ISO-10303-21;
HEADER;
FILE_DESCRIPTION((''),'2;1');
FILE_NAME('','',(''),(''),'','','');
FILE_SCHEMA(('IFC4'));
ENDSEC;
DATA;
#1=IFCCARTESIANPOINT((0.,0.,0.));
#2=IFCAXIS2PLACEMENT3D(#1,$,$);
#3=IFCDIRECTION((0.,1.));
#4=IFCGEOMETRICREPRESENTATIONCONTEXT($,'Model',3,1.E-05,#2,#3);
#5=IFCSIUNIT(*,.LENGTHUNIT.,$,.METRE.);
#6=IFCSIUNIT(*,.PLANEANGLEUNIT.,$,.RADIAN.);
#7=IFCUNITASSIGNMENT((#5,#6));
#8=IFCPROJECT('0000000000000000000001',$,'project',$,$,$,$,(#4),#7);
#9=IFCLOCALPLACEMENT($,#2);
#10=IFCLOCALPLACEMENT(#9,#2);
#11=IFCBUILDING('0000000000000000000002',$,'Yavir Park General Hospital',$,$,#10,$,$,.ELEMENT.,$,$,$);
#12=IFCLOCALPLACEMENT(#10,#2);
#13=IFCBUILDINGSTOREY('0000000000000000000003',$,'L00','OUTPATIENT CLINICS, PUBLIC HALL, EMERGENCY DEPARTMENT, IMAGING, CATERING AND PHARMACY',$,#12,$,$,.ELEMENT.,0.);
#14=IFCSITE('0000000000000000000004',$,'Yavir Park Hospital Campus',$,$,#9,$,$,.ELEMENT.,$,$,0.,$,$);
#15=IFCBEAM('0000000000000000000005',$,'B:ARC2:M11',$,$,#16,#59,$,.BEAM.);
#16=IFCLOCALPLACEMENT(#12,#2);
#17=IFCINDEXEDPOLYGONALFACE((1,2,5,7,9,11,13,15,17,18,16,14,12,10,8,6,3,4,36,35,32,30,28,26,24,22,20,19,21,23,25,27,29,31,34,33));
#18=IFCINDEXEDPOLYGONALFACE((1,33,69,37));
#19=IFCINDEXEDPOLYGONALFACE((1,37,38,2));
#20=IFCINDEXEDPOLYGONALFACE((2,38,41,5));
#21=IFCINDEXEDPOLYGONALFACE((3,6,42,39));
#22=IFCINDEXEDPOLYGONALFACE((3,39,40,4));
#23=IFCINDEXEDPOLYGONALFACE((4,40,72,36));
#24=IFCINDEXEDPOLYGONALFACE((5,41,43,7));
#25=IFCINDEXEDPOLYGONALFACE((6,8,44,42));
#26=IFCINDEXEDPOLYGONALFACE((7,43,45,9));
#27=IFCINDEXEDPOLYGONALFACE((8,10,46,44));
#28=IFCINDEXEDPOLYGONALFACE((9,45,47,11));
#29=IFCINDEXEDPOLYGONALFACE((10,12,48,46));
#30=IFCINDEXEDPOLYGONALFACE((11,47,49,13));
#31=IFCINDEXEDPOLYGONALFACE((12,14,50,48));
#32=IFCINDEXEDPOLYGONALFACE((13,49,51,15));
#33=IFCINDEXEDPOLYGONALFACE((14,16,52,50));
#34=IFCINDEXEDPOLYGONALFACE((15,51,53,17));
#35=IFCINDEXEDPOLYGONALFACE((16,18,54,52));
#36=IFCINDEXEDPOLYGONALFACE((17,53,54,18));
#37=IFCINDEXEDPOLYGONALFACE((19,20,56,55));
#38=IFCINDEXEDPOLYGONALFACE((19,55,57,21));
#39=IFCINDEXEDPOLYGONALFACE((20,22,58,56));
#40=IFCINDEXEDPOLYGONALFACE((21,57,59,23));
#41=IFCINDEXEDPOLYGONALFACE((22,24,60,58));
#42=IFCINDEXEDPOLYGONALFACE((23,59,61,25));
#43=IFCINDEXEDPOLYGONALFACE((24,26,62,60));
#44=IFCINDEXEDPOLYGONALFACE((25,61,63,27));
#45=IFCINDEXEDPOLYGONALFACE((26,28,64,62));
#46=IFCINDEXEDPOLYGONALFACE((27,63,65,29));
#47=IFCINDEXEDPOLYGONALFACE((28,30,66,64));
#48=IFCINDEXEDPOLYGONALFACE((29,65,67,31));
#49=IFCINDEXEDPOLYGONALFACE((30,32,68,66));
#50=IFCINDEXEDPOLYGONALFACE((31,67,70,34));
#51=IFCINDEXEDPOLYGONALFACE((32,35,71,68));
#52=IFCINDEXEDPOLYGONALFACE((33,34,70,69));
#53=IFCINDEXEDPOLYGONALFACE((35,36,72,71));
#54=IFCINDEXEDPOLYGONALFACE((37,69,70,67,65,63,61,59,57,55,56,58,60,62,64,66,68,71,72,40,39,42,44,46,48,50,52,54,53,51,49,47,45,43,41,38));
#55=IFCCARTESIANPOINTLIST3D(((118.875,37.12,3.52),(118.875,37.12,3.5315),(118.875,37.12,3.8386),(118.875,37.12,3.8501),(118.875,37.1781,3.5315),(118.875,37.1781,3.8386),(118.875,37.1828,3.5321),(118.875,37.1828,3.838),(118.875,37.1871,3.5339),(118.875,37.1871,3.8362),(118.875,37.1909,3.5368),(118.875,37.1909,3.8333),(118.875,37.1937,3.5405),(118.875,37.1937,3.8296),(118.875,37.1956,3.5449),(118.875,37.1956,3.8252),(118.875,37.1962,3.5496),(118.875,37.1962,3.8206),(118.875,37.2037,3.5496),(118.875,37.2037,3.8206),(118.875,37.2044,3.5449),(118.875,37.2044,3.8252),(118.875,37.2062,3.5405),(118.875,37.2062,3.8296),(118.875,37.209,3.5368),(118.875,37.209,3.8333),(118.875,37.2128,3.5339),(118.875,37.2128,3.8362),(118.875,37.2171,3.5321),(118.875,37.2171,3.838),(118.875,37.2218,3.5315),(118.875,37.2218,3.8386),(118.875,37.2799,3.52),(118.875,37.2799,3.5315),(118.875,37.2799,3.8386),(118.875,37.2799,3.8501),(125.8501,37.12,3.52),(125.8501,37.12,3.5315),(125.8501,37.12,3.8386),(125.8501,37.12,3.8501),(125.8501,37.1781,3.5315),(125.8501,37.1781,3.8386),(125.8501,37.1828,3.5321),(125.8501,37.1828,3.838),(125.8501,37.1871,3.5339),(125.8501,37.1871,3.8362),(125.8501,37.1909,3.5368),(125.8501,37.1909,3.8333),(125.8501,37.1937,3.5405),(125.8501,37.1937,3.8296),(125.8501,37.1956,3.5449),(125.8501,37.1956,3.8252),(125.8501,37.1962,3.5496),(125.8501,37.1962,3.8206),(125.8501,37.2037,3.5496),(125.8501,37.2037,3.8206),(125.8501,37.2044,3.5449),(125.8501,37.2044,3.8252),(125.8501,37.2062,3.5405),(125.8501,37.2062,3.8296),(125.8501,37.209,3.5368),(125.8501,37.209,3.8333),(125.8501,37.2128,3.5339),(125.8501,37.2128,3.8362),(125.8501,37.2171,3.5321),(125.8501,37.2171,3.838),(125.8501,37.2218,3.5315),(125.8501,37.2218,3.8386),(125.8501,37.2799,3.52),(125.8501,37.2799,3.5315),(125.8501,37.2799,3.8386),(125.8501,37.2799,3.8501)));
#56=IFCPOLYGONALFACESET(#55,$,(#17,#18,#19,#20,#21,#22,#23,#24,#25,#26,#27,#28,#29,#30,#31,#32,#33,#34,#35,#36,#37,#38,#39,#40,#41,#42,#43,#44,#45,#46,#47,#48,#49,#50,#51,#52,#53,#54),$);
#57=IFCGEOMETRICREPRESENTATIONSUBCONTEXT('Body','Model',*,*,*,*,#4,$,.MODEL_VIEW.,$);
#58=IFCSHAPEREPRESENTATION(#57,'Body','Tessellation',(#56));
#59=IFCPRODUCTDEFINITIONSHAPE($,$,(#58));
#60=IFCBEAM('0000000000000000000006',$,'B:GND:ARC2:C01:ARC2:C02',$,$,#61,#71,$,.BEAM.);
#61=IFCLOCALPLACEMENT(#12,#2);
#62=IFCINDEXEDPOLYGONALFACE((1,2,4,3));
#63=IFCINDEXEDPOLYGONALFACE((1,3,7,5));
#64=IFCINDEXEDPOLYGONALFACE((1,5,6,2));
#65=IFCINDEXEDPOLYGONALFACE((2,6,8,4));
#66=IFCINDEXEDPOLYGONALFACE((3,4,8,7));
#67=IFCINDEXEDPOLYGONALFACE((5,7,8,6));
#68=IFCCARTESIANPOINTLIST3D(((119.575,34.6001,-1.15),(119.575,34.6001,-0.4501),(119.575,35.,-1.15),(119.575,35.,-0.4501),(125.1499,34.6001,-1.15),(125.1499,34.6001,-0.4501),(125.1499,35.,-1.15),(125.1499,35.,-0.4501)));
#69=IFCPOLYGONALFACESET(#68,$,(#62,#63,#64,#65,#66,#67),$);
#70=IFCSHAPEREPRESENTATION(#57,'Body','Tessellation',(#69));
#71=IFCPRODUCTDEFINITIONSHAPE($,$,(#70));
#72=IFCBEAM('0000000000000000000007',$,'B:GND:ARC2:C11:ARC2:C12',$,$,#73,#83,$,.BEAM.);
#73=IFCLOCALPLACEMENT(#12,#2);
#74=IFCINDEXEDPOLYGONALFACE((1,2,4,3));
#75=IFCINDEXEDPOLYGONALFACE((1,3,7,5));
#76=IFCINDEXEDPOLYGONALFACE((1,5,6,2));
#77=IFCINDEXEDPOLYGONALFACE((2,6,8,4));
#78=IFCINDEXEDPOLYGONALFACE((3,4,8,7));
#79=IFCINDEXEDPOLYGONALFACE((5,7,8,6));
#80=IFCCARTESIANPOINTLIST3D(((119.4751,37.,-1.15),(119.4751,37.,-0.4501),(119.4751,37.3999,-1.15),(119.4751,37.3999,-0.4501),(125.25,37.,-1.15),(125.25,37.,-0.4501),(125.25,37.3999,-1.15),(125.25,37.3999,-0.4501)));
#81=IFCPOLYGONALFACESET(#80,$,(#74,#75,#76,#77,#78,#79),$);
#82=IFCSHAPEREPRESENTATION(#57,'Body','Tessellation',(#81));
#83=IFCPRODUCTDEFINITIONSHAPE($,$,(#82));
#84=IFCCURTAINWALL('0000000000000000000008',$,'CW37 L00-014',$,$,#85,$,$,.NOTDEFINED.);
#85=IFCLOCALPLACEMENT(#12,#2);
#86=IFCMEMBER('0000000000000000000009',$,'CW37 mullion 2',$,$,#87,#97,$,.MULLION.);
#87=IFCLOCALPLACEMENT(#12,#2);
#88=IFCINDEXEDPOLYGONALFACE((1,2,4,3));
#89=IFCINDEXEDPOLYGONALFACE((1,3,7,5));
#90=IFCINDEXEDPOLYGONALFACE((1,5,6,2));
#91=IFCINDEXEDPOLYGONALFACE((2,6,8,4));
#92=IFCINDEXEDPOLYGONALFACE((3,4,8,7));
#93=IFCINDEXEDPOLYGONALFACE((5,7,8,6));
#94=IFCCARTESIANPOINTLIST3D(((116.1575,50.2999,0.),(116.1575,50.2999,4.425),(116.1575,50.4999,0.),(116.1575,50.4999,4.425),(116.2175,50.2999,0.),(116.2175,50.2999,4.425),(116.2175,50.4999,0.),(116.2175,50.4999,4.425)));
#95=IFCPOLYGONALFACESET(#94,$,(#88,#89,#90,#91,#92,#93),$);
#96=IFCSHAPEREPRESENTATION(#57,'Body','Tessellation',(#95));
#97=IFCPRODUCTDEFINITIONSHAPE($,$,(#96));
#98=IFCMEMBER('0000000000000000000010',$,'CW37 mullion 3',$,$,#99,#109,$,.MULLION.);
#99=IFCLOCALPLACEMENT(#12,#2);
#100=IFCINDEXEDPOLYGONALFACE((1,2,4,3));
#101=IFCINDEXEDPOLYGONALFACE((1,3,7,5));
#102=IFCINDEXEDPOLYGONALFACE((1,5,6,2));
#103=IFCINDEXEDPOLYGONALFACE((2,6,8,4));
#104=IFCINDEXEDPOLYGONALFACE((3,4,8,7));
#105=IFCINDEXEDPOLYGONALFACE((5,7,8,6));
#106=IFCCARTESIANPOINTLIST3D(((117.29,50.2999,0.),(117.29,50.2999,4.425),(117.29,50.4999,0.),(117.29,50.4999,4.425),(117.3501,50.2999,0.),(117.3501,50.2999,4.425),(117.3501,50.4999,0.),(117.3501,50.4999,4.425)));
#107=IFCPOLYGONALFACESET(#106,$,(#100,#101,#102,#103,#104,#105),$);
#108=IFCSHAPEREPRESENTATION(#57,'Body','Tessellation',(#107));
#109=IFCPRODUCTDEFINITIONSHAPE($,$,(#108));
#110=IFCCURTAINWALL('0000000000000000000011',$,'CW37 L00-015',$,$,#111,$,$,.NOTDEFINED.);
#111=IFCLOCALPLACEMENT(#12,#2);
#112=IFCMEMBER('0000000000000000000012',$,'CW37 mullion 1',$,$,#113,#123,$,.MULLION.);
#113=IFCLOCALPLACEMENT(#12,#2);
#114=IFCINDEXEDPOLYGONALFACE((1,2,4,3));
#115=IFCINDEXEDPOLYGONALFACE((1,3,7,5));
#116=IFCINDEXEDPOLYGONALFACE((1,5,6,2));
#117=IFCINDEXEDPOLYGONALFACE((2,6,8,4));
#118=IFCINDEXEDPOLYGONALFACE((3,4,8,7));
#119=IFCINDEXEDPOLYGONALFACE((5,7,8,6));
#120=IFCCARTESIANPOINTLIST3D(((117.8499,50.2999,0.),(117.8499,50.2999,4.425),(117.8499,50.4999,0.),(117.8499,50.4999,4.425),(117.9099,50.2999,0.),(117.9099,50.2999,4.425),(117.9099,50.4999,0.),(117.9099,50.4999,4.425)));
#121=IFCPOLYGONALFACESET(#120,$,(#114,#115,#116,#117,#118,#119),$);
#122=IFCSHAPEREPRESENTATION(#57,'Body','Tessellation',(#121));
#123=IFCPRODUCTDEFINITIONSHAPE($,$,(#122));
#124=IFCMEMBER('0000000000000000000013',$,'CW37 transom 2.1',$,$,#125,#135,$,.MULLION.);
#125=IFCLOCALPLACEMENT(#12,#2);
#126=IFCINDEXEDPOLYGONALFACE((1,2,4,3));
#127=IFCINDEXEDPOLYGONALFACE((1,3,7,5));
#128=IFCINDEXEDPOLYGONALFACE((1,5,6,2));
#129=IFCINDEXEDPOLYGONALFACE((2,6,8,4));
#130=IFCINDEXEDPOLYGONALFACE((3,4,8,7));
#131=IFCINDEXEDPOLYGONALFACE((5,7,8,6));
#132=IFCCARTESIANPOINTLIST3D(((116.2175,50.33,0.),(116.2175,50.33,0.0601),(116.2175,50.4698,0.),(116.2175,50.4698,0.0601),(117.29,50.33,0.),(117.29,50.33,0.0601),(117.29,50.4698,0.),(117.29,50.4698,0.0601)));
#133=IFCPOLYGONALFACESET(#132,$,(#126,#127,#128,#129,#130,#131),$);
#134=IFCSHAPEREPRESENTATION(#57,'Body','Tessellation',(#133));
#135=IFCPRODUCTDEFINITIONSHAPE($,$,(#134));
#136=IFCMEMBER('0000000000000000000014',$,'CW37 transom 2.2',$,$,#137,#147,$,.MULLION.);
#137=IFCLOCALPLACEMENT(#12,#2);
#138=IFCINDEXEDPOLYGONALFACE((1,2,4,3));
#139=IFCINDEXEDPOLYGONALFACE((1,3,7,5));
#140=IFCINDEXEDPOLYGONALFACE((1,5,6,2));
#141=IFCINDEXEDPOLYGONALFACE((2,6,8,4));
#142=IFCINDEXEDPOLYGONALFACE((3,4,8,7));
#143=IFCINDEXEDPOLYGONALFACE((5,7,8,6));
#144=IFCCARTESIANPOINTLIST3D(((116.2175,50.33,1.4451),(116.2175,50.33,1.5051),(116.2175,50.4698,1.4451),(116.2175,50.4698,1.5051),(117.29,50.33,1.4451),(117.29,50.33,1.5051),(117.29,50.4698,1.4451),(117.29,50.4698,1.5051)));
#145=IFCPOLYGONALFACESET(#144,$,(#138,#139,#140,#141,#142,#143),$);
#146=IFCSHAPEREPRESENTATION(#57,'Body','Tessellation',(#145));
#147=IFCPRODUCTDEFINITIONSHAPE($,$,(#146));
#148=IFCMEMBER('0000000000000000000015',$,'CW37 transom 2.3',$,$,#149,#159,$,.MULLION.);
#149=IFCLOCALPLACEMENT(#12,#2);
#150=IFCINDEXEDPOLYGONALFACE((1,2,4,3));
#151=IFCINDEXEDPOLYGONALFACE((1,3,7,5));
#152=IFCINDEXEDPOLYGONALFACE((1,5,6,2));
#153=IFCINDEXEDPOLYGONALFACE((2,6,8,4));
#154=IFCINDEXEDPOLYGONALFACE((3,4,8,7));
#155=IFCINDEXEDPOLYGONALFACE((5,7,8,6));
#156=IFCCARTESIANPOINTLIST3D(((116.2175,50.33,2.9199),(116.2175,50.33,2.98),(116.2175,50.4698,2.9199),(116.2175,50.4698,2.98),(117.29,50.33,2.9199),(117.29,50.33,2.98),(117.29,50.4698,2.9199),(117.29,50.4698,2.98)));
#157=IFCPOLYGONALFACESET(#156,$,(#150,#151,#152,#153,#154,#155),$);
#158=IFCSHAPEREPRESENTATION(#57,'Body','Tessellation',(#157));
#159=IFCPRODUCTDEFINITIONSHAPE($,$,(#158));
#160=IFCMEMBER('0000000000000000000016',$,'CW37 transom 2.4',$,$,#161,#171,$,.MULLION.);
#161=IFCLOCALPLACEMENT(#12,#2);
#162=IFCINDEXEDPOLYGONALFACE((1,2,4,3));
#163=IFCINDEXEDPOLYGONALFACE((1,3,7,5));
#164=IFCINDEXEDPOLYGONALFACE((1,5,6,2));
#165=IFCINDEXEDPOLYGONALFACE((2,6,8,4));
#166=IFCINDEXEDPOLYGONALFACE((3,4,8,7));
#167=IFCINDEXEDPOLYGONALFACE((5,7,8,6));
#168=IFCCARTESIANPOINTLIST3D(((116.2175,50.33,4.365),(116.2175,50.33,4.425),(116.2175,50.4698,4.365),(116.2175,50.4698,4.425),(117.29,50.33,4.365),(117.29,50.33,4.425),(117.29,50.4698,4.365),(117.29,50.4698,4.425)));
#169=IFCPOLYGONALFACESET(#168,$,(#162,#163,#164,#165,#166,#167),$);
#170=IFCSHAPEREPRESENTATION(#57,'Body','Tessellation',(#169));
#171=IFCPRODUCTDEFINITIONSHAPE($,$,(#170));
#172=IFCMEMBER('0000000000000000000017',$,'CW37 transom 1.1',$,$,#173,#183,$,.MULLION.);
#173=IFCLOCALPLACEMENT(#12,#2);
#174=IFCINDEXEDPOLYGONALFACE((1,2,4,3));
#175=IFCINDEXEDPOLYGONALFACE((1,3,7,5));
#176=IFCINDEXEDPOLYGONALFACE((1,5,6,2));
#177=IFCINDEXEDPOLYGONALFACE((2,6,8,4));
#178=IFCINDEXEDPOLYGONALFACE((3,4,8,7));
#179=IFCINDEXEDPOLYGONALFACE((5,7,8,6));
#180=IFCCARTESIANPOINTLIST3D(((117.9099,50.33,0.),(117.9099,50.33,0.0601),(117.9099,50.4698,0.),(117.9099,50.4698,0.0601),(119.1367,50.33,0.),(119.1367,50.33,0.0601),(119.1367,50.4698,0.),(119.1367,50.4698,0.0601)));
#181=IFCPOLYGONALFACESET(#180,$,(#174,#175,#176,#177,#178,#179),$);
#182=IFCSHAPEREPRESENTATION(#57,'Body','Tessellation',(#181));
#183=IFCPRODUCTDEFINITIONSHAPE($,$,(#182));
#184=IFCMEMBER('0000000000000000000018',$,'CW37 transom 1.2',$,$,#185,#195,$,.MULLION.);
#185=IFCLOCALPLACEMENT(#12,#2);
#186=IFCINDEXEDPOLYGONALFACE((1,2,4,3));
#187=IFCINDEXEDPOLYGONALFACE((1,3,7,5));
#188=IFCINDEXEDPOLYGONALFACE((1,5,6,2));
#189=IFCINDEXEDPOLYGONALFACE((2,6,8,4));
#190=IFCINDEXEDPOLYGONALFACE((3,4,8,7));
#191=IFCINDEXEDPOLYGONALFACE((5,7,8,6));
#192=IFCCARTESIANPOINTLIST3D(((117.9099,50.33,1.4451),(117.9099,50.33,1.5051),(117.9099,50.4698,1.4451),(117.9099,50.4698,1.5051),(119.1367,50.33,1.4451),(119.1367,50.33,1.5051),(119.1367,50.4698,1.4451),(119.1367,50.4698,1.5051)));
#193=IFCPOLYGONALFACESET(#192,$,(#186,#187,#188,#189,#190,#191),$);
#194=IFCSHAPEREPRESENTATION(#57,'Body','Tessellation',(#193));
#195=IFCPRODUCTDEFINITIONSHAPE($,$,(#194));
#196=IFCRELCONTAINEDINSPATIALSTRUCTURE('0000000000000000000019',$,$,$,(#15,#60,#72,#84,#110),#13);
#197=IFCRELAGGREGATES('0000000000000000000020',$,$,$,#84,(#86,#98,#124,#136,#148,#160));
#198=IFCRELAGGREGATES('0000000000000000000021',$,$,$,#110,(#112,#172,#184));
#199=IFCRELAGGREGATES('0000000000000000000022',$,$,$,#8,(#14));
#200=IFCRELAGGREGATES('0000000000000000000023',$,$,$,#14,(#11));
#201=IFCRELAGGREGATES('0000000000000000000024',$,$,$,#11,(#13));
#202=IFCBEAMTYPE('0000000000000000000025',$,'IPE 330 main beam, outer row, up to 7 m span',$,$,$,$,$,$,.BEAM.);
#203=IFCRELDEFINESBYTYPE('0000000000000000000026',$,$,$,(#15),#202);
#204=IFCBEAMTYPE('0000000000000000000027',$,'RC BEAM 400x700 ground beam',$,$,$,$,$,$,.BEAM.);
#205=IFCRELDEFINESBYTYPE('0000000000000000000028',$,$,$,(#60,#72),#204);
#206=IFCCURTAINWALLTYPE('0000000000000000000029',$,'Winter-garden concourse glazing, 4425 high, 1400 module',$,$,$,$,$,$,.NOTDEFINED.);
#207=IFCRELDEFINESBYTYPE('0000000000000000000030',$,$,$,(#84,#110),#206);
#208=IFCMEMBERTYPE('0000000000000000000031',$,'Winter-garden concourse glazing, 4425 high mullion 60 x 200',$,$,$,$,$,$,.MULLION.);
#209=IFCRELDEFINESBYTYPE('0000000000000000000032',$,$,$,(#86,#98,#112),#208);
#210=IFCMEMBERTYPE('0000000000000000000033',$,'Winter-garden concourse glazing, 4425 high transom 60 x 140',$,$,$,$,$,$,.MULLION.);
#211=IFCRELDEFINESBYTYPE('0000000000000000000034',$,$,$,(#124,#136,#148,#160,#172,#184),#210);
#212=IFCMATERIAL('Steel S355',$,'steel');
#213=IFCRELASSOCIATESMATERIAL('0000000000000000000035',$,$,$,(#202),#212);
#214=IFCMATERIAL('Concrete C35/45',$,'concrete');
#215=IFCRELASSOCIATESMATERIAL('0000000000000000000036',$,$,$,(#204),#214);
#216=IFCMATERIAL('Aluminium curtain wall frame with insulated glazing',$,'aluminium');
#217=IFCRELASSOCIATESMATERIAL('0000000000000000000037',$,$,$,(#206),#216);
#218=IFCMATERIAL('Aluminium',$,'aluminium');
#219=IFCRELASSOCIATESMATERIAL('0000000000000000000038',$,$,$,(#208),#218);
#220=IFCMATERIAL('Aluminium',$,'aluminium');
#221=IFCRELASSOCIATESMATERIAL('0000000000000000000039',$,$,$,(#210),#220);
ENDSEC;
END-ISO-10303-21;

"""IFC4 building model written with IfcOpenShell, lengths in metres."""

from ifc_helpers import new_model, si_unit, direction, frame, origin, origin_2d, place, context, subcontext, project, spatial, rectangle, i_section, extrude, material, material_profile, profile_set, type_object, element, aggregate, save


model = new_model("IFC4")

# Units and contexts
model_context = context("Model", 3, precision=1e-05, world=origin(), true_north=direction((0.0, 1.0)))
body_context = subcontext(model_context, "Body", "Model", "MODEL_VIEW")
ifc_project = project(units=[si_unit("LENGTHUNIT", "METRE"), si_unit("PLANEANGLEUNIT", "RADIAN")], contexts=[model_context])

# Site, building, storey
site_placement = place(None, origin())
site = spatial("IfcSite", under=ifc_project, at=site_placement, Name="Yavir Park Hospital Campus", CompositionType="ELEMENT", RefElevation=0.0)
building_placement = place(site_placement, origin())
building = spatial("IfcBuilding", under=site, at=building_placement, Name="Yavir Park General Hospital", CompositionType="ELEMENT")
storey_placement = place(building_placement, origin())
storey = spatial("IfcBuildingStorey", under=building, at=storey_placement, Name="L00", Description="OUTPATIENT CLINICS, PUBLIC HALL, EMERGENCY DEPARTMENT, IMAGING, CATERING AND PHARMACY", CompositionType="ELEMENT", Elevation=0.0)

# Beams
ifc_material_1 = material(Name="Steel S355", Category="steel")
ifc_material_profile_1 = material_profile(ifc_material_1, i_section(OverallWidth=0.1599, OverallDepth=0.3301, WebThickness=0.0076, FlangeThickness=0.0115, FilletRadius=0.0181, at=origin_2d()), Name="IPE330")
ifc_profile_set_1 = profile_set([ifc_material_profile_1], Name="Steel S355")
beam_type_1 = type_object("IfcBeamType", Name="IPE 330 main beam, outer row, up to 7 m span", PredefinedType="BEAM", material=ifc_profile_set_1)
beam_1_placement = place(storey_placement, frame((118.875, 37.2, 3.6851), z_axis=(1.0, 0.0, 0.0), x_axis=(0.0, 1.0, 0.0)))
element("IfcBeam", 1, at=beam_1_placement, inside=storey, type_object=beam_type_1, Name="B:ARC2:M11", PredefinedType="BEAM", context=body_context, shape_type="SweptSolid", body=[
    extrude(i_section(OverallWidth=0.1599, OverallDepth=0.3301, WebThickness=0.0076, FlangeThickness=0.0115, FilletRadius=0.0181, at=origin_2d()), origin(), (0.0, 0.0, 1.0), 6.9751),
])
ifc_material_2 = material(Name="Concrete C35/45", Category="concrete")
ifc_material_profile_2 = material_profile(ifc_material_2, rectangle(XDim=0.3999, YDim=0.7, at=origin_2d()), Name="RC400x700")
ifc_profile_set_2 = profile_set([ifc_material_profile_2], Name="Concrete C35/45")
beam_type_2 = type_object("IfcBeamType", Name="RC BEAM 400x700 ground beam", PredefinedType="BEAM", material=ifc_profile_set_2)
beam_2_placement = place(storey_placement, frame((119.575, 34.8, -0.8), z_axis=(1.0, 0.0, 0.0), x_axis=(0.0, 1.0, 0.0)))
element("IfcBeam", 2, at=beam_2_placement, inside=storey, type_object=beam_type_2, Name="B:GND:ARC2:C01:ARC2:C02", PredefinedType="BEAM", context=body_context, shape_type="SweptSolid", body=[
    extrude(rectangle(XDim=0.3999, YDim=0.7, at=origin_2d()), origin(), (0.0, 0.0, 1.0), 5.575),
])
beam_3_placement = place(storey_placement, frame((119.4751, 37.2, -0.8), z_axis=(1.0, 0.0, 0.0), x_axis=(0.0, 1.0, 0.0)))
element("IfcBeam", 3, at=beam_3_placement, inside=storey, type_object=beam_type_2, Name="B:GND:ARC2:C11:ARC2:C12", PredefinedType="BEAM", context=body_context, shape_type="SweptSolid", body=[
    extrude(rectangle(XDim=0.3999, YDim=0.7, at=origin_2d()), origin(), (0.0, 0.0, 1.0), 5.7749),
])

# Curtain wall, members
ifc_material_3 = material(Name="Aluminium curtain wall frame with insulated glazing", Category="aluminium")
curtain_wall_type = type_object("IfcCurtainWallType", Name="Winter-garden concourse glazing, 4425 high, 1400 module", PredefinedType="NOTDEFINED", material=ifc_material_3)
curtain_wall_1_placement = place(storey_placement, origin())
curtain_wall_1 = element("IfcCurtainWall", 4, at=curtain_wall_1_placement, inside=storey, type_object=curtain_wall_type, Name="CW37 L00-014", PredefinedType="NOTDEFINED")
ifc_material_4 = material(Name="Aluminium", Category="aluminium")
ifc_material_profile_3 = material_profile(ifc_material_4, rectangle(XDim=0.2, YDim=0.0601, at=origin_2d()), Name="AL 60x200")
ifc_profile_set_3 = profile_set([ifc_material_profile_3], Name="Aluminium")
member_type_1 = type_object("IfcMemberType", Name="Winter-garden concourse glazing, 4425 high mullion 60 x 200", PredefinedType="MULLION", material=ifc_profile_set_3)
member_1_placement = place(storey_placement, frame((116.1875, 50.3999, 0.0), z_axis=(0.0, 0.0, 1.0), x_axis=(0.0, 1.0, 0.0)))
member_1 = element("IfcMember", 5, at=member_1_placement, type_object=member_type_1, Name="CW37 mullion 2", PredefinedType="MULLION", context=body_context, shape_type="SweptSolid", body=[
    extrude(rectangle(XDim=0.2, YDim=0.0601, at=origin_2d()), origin(), (0.0, 0.0, 1.0), 4.425),
])
member_2_placement = place(storey_placement, frame((117.3201, 50.3999, 0.0), z_axis=(0.0, 0.0, 1.0), x_axis=(0.0, 1.0, 0.0)))
member_2 = element("IfcMember", 6, at=member_2_placement, type_object=member_type_1, Name="CW37 mullion 3", PredefinedType="MULLION", context=body_context, shape_type="SweptSolid", body=[
    extrude(rectangle(XDim=0.2, YDim=0.0601, at=origin_2d()), origin(), (0.0, 0.0, 1.0), 4.425),
])

# Curtain wall, member
curtain_wall_2_placement = place(storey_placement, origin())
curtain_wall_2 = element("IfcCurtainWall", 7, at=curtain_wall_2_placement, inside=storey, type_object=curtain_wall_type, Name="CW37 L00-015", PredefinedType="NOTDEFINED")
member_3_placement = place(storey_placement, frame((117.8799, 50.3999, 0.0), z_axis=(0.0, 0.0, 1.0), x_axis=(0.0, 1.0, 0.0)))
member_3 = element("IfcMember", 8, at=member_3_placement, type_object=member_type_1, Name="CW37 mullion 1", PredefinedType="MULLION", context=body_context, shape_type="SweptSolid", body=[
    extrude(rectangle(XDim=0.2, YDim=0.0601, at=origin_2d()), origin(), (0.0, 0.0, 1.0), 4.425),
])

# Members
ifc_material_5 = material(Name="Aluminium", Category="aluminium")
ifc_material_profile_4 = material_profile(ifc_material_5, rectangle(XDim=0.1399, YDim=0.0601, at=origin_2d()), Name="AL 140x60")
ifc_profile_set_4 = profile_set([ifc_material_profile_4], Name="Aluminium")
member_type_2 = type_object("IfcMemberType", Name="Winter-garden concourse glazing, 4425 high transom 60 x 140", PredefinedType="MULLION", material=ifc_profile_set_4)
member_4_placement = place(storey_placement, frame((116.2175, 50.3999, 0.03), z_axis=(1.0, 0.0, 0.0), x_axis=(0.0, 1.0, 0.0)))
member_4 = element("IfcMember", 9, at=member_4_placement, type_object=member_type_2, Name="CW37 transom 2.1", PredefinedType="MULLION", context=body_context, shape_type="SweptSolid", body=[
    extrude(rectangle(XDim=0.1399, YDim=0.0601, at=origin_2d()), origin(), (0.0, 0.0, 1.0), 1.0725),
])
member_5_placement = place(storey_placement, frame((116.2175, 50.3999, 1.4751), z_axis=(1.0, 0.0, 0.0), x_axis=(0.0, 1.0, 0.0)))
member_5 = element("IfcMember", 10, at=member_5_placement, type_object=member_type_2, Name="CW37 transom 2.2", PredefinedType="MULLION", context=body_context, shape_type="SweptSolid", body=[
    extrude(rectangle(XDim=0.1399, YDim=0.0601, at=origin_2d()), origin(), (0.0, 0.0, 1.0), 1.0725),
])
member_6_placement = place(storey_placement, frame((116.2175, 50.3999, 2.95), z_axis=(1.0, 0.0, 0.0), x_axis=(0.0, 1.0, 0.0)))
member_6 = element("IfcMember", 11, at=member_6_placement, type_object=member_type_2, Name="CW37 transom 2.3", PredefinedType="MULLION", context=body_context, shape_type="SweptSolid", body=[
    extrude(rectangle(XDim=0.1399, YDim=0.0601, at=origin_2d()), origin(), (0.0, 0.0, 1.0), 1.0725),
])
member_7_placement = place(storey_placement, frame((116.2175, 50.3999, 4.395), z_axis=(1.0, 0.0, 0.0), x_axis=(0.0, 1.0, 0.0)))
member_7 = element("IfcMember", 12, at=member_7_placement, type_object=member_type_2, Name="CW37 transom 2.4", PredefinedType="MULLION", context=body_context, shape_type="SweptSolid", body=[
    extrude(rectangle(XDim=0.1399, YDim=0.0601, at=origin_2d()), origin(), (0.0, 0.0, 1.0), 1.0725),
])
member_8_placement = place(storey_placement, frame((117.9099, 50.3999, 0.03), z_axis=(1.0, 0.0, 0.0), x_axis=(0.0, 1.0, 0.0)))
member_8 = element("IfcMember", 13, at=member_8_placement, type_object=member_type_2, Name="CW37 transom 1.1", PredefinedType="MULLION", context=body_context, shape_type="SweptSolid", body=[
    extrude(rectangle(XDim=0.1399, YDim=0.0601, at=origin_2d()), origin(), (0.0, 0.0, 1.0), 1.2268),
])
member_9_placement = place(storey_placement, frame((117.9099, 50.3999, 1.4751), z_axis=(1.0, 0.0, 0.0), x_axis=(0.0, 1.0, 0.0)))
member_9 = element("IfcMember", 14, at=member_9_placement, type_object=member_type_2, Name="CW37 transom 1.2", PredefinedType="MULLION", context=body_context, shape_type="SweptSolid", body=[
    extrude(rectangle(XDim=0.1399, YDim=0.0601, at=origin_2d()), origin(), (0.0, 0.0, 1.0), 1.2268),
])

aggregate(curtain_wall_1, [member_1, member_2, member_4, member_5, member_6, member_7])
aggregate(curtain_wall_2, [member_3, member_8, member_9])

save(model, "model.ifc")
